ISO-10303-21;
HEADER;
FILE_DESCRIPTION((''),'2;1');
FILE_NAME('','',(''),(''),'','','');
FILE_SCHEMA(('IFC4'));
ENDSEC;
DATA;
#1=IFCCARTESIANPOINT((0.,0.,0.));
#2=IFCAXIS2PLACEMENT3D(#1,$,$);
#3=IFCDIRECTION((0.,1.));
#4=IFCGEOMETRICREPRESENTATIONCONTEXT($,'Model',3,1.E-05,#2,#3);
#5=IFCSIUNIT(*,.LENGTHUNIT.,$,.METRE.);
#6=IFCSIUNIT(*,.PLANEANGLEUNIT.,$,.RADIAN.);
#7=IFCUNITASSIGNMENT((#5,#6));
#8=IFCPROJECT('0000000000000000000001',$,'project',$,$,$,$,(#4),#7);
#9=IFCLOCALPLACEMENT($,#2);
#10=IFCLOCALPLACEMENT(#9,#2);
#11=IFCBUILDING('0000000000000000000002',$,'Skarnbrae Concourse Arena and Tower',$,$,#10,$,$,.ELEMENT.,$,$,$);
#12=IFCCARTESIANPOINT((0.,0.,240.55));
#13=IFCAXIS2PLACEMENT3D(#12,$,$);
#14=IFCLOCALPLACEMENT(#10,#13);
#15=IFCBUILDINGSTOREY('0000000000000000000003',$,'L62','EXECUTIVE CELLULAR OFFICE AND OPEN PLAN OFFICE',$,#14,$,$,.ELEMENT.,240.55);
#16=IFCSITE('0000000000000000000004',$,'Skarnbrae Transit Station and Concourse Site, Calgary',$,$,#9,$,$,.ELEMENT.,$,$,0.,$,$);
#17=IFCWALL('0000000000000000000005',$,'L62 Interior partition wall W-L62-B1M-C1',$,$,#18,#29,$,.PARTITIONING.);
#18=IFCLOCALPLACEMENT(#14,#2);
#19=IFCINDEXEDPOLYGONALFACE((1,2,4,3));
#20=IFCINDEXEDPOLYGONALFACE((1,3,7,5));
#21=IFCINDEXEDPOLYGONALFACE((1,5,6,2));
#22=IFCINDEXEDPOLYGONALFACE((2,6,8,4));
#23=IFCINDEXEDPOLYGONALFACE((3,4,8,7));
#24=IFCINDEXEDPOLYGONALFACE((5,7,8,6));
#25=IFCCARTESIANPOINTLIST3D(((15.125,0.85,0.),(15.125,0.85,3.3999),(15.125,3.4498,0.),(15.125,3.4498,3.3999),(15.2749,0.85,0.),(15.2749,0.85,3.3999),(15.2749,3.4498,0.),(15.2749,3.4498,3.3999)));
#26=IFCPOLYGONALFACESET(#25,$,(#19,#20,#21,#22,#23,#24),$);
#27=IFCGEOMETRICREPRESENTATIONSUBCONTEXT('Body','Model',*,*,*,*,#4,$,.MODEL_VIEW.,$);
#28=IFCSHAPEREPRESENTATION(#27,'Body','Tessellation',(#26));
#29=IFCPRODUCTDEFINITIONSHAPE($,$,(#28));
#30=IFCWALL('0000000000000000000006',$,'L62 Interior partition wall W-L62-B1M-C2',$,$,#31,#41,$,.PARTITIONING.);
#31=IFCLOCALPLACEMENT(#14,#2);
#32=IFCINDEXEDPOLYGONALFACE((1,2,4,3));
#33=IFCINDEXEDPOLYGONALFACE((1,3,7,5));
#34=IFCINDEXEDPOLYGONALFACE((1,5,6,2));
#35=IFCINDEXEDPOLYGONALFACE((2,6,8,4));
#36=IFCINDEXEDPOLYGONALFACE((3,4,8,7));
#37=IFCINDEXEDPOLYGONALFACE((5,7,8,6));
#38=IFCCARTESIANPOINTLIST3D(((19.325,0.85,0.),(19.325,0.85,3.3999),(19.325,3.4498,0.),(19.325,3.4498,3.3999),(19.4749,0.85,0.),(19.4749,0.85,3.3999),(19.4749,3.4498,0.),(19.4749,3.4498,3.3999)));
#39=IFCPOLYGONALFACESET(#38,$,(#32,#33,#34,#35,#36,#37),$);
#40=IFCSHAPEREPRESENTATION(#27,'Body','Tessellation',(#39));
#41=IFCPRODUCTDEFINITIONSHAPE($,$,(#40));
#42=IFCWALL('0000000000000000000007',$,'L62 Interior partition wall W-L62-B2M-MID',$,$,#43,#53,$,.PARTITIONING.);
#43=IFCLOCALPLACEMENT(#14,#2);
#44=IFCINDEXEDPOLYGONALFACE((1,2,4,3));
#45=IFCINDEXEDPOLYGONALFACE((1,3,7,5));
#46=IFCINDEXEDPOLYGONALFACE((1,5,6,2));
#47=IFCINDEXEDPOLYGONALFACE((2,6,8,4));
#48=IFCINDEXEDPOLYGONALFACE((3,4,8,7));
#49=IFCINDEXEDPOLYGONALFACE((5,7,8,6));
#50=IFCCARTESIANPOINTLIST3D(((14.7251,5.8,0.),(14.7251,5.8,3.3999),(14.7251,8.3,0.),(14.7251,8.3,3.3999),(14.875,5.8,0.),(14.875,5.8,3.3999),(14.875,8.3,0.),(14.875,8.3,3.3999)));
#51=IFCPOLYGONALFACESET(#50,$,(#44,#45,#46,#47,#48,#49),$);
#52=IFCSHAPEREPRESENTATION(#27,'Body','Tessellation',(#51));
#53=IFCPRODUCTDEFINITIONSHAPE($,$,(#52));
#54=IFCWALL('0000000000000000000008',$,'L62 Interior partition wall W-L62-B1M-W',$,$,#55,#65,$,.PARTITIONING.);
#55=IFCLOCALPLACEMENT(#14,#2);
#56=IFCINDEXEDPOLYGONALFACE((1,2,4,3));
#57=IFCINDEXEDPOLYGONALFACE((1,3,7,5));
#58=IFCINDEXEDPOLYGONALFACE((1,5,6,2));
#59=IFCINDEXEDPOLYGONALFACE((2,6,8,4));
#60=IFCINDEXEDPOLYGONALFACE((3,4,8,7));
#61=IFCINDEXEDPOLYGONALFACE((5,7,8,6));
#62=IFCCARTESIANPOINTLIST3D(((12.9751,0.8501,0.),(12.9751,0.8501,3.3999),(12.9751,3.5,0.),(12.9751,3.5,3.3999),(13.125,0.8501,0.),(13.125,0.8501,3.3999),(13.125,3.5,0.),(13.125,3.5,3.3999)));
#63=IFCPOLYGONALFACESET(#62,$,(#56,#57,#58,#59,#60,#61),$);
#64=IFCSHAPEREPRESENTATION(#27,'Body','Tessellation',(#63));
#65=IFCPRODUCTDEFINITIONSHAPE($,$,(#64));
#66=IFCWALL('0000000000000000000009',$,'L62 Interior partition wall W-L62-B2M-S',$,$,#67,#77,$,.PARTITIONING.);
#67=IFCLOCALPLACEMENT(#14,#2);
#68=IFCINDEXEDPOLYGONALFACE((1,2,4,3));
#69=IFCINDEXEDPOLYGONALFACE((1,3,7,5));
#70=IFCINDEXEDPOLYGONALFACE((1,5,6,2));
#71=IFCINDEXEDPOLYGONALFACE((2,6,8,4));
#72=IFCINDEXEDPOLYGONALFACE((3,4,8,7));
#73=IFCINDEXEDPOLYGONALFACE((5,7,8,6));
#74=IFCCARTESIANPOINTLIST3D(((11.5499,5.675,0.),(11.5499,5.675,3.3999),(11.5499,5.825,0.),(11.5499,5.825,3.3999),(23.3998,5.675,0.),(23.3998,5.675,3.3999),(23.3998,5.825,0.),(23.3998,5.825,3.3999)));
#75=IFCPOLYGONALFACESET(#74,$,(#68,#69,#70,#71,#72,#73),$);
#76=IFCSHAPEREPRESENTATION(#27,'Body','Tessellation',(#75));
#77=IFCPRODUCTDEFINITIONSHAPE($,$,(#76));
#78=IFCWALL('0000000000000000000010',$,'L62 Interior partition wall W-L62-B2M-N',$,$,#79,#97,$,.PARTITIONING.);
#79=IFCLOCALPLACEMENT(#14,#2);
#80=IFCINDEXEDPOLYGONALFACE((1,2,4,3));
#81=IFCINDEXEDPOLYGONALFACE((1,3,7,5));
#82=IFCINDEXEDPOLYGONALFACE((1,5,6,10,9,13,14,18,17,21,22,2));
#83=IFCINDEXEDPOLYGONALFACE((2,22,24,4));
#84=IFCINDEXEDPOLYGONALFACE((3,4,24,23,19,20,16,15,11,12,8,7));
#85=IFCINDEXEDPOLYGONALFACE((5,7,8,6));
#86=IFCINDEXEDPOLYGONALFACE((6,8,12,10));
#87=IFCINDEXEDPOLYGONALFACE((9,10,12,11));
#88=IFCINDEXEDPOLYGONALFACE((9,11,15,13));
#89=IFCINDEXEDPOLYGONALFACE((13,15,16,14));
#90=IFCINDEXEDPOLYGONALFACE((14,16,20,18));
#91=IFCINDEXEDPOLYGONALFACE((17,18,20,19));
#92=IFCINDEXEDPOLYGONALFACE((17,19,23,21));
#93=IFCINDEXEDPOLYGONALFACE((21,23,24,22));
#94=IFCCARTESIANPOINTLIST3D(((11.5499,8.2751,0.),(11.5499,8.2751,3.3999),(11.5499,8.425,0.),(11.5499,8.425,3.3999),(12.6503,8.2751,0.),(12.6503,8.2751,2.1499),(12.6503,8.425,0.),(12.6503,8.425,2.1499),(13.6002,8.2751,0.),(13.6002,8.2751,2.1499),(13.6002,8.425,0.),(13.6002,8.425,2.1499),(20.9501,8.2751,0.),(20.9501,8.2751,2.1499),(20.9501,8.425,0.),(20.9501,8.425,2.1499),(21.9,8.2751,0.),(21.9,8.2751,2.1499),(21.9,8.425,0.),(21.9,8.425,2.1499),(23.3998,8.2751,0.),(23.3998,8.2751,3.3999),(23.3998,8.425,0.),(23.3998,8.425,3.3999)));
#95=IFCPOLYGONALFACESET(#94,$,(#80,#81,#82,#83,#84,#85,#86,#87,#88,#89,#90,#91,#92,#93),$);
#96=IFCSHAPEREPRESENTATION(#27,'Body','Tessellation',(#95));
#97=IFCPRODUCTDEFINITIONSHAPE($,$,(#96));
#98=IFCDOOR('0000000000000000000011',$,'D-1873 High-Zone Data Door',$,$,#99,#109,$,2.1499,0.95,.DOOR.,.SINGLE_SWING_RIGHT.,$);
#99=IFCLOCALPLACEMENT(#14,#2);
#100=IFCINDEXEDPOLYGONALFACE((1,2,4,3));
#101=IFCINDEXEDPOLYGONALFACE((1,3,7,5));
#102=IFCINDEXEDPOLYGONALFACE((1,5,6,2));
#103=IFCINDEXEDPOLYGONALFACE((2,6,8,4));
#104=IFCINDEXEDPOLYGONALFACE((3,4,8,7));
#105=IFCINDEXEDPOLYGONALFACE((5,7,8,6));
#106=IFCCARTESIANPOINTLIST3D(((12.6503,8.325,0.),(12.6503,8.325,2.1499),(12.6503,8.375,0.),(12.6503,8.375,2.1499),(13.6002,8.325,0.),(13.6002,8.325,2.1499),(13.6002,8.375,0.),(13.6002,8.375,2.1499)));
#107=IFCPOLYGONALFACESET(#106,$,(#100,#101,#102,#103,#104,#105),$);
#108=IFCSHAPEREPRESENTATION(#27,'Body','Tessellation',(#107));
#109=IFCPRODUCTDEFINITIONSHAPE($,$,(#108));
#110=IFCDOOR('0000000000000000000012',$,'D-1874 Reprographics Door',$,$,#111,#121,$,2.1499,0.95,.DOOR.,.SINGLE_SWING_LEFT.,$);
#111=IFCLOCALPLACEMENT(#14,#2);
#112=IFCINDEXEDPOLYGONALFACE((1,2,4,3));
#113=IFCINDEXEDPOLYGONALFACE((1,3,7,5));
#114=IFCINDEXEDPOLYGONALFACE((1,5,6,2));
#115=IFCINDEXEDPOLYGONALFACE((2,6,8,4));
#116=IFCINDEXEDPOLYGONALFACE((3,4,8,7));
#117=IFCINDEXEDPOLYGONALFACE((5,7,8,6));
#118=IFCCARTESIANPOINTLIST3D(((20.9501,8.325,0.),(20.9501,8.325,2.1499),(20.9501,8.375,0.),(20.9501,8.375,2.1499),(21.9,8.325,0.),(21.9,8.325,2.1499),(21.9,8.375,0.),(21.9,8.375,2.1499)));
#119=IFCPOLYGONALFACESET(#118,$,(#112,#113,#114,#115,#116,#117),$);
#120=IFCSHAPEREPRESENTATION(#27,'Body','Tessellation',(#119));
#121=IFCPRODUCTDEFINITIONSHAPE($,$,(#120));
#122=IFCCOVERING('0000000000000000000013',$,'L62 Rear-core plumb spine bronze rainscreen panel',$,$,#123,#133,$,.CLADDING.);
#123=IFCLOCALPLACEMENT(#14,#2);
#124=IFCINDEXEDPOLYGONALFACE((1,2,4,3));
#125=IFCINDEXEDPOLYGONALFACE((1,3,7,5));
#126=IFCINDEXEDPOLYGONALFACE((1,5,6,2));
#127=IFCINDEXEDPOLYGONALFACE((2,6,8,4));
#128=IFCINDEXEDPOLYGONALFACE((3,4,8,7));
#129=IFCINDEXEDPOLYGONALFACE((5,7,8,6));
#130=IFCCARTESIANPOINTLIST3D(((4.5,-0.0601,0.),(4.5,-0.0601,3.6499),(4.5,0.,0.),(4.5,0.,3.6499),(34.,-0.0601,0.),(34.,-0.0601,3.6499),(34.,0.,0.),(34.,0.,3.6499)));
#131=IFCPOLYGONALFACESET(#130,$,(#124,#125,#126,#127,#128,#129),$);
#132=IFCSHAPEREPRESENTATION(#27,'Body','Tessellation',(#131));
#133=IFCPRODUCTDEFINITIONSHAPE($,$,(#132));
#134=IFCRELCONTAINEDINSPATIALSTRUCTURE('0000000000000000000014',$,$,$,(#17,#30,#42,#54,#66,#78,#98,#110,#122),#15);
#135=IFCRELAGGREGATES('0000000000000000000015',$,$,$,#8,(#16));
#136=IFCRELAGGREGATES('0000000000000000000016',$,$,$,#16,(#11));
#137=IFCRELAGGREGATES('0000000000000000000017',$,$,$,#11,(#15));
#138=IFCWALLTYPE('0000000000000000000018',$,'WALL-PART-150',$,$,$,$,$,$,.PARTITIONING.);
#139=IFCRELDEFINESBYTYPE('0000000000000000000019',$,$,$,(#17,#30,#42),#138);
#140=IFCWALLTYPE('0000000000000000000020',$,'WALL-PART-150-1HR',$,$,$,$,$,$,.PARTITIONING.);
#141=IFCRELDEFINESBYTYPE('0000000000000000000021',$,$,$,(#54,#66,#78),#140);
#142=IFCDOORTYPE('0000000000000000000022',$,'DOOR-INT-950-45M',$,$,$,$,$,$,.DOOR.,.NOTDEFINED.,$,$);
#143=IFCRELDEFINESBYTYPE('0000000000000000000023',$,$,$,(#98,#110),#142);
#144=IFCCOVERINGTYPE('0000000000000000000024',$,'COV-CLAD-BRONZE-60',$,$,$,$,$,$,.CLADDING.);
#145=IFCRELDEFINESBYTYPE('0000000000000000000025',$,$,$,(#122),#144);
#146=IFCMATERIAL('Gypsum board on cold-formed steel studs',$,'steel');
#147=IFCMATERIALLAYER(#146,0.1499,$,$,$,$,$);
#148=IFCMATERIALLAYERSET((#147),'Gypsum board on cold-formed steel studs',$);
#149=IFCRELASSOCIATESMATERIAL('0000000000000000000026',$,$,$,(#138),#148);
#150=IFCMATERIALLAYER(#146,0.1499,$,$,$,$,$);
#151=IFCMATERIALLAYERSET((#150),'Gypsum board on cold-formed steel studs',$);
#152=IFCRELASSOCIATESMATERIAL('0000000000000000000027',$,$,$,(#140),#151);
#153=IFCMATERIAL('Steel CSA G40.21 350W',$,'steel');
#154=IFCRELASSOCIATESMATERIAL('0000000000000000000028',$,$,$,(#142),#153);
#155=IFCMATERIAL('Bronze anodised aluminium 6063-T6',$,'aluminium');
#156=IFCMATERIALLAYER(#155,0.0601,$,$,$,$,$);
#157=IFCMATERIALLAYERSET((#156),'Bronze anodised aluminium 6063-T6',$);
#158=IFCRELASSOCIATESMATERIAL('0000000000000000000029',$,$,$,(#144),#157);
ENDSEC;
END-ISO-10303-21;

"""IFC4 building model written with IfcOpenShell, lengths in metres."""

from ifc_helpers import new_model, si_unit, direction, frame, frame_2d, origin, origin_2d, place, context, subcontext, project, spatial, rectangle, extrude, source, transform, mapped, material, layer, layer_set, type_object, element, fill, save


model = new_model("IFC4")

# Units and contexts
model_context = context("Model", 3, precision=1e-05, world=origin(), true_north=direction((0.0, 1.0)))
body_context = subcontext(model_context, "Body", "Model", "MODEL_VIEW")
ifc_project = project(units=[si_unit("LENGTHUNIT", "METRE"), si_unit("PLANEANGLEUNIT", "RADIAN")], contexts=[model_context])

# Site, building, storey
site_placement = place(None, origin())
site = spatial("IfcSite", under=ifc_project, at=site_placement, Name="Skarnbrae Transit Station and Concourse Site, Calgary", CompositionType="ELEMENT", RefElevation=0.0)
building_placement = place(site_placement, origin())
building = spatial("IfcBuilding", under=site, at=building_placement, Name="Skarnbrae Concourse Arena and Tower", CompositionType="ELEMENT")
storey_placement = place(building_placement, frame((0.0, 0.0, 240.55)))
storey = spatial("IfcBuildingStorey", under=building, at=storey_placement, Name="L62", Description="EXECUTIVE CELLULAR OFFICE AND OPEN PLAN OFFICE", CompositionType="ELEMENT", Elevation=240.55)

# Walls
ifc_material_1 = material(Name="Gypsum board on cold-formed steel studs", Category="steel")
ifc_layer_1 = layer(ifc_material_1, 0.1499)
ifc_layer_set_1 = layer_set([ifc_layer_1], Name="Gypsum board on cold-formed steel studs")
wall_type_1 = type_object("IfcWallType", Name="WALL-PART-150", PredefinedType="PARTITIONING", material=ifc_layer_set_1)
shared_shape_1 = source(origin(), body_context, "Body", "SweptSolid", [
    extrude(rectangle(XDim=2.5999, YDim=0.1499, at=frame_2d((1.2998, 0.0))), origin(), (0.0, 0.0, 1.0), 3.3999),
])
for number, where, z_axis, x_axis, name in (
    (1, (15.2, 0.8501, 0.0), (0.0, 0.0, 1.0), (0.0, 1.0, 0.0), "L62 Interior partition wall W-L62-B1M-C1"),
    (2, (19.3999, 0.8501, 0.0), (0.0, 0.0, 1.0), (0.0, 1.0, 0.0), "L62 Interior partition wall W-L62-B1M-C2"),
):
    element("IfcWall", number, at=place(storey_placement, frame(where, z_axis=z_axis, x_axis=x_axis)), inside=storey, type_object=wall_type_1, Name=name, PredefinedType="PARTITIONING", context=body_context, shape_type="MappedRepresentation", body=[
        mapped(shared_shape_1, transform((0.0, 0.0, 0.0))),
    ])
shared_shape_2 = source(origin(), body_context, "Body", "SweptSolid", [
    extrude(rectangle(XDim=2.5, YDim=0.1499, at=frame_2d((1.25, 0.0))), origin(), (0.0, 0.0, 1.0), 3.3999),
])
wall_1_placement = place(storey_placement, frame((14.8, 5.8, 0.0), z_axis=(0.0, 0.0, 1.0), x_axis=(0.0, 1.0, 0.0)))
element("IfcWall", 3, at=wall_1_placement, inside=storey, type_object=wall_type_1, Name="L62 Interior partition wall W-L62-B2M-MID", PredefinedType="PARTITIONING", context=body_context, shape_type="MappedRepresentation", body=[
    mapped(shared_shape_2, transform((0.0, 0.0, 0.0))),
])

# Shared definitions
ifc_material_2 = material(Name="Bronze anodised aluminium 6063-T6", Category="aluminium")

# Wall
ifc_layer_2 = layer(ifc_material_1, 0.1499)
ifc_layer_set_2 = layer_set([ifc_layer_2], Name="Gypsum board on cold-formed steel studs")
wall_type_2 = type_object("IfcWallType", Name="WALL-PART-150-1HR", PredefinedType="PARTITIONING", material=ifc_layer_set_2)
shared_shape_3 = source(origin(), body_context, "Body", "SweptSolid", [
    extrude(rectangle(XDim=2.6499, YDim=0.1499, at=frame_2d((1.325, 0.0))), origin(), (0.0, 0.0, 1.0), 3.3999),
])
wall_2_placement = place(storey_placement, frame((13.05, 0.8501, 0.0), z_axis=(0.0, 0.0, 1.0), x_axis=(0.0, 1.0, 0.0)))
element("IfcWall", 4, at=wall_2_placement, inside=storey, type_object=wall_type_2, Name="L62 Interior partition wall W-L62-B1M-W", PredefinedType="PARTITIONING", context=body_context, shape_type="MappedRepresentation", body=[
    mapped(shared_shape_3, transform((0.0, 0.0, 0.0))),
])

# Shared definitions
ifc_material_3 = material(Name="Steel CSA G40.21 350W", Category="steel")
door_type_1 = type_object("IfcDoorType", Name="DOOR-INT-950-45M", OperationType="NOTDEFINED", PredefinedType="DOOR", material=ifc_material_3)
shared_shape_4 = source(origin(), body_context, "Body", "SweptSolid", [
    extrude(rectangle(XDim=0.95, YDim=2.1499, at=frame_2d((0.4751, 1.075))), frame((0.0, 0.0249, 0.0), z_axis=(0.0, -1.0, 0.0), x_axis=(1.0, 0.0, 0.0)), (0.0, 0.0, 1.0), 0.05),
])

# Wall
shared_shape_5 = source(origin(), body_context, "Body", "SweptSolid", [
    extrude(rectangle(XDim=11.8499, YDim=0.1499, at=frame_2d((5.9248, 0.0))), origin(), (0.0, 0.0, 1.0), 3.3999),
])
wall_3_placement = place(storey_placement, frame((11.55, 5.75, 0.0), z_axis=(0.0, 0.0, 1.0), x_axis=(1.0, 0.0, 0.0)))
element("IfcWall", 5, at=wall_3_placement, inside=storey, type_object=wall_type_2, Name="L62 Interior partition wall W-L62-B2M-S", PredefinedType="PARTITIONING", context=body_context, shape_type="MappedRepresentation", body=[
    mapped(shared_shape_5, transform((0.0, 0.0, 0.0))),
])

# Wall, openings, doors
wall_4_placement = place(storey_placement, frame((11.55, 8.3501, 0.0), z_axis=(0.0, 0.0, 1.0), x_axis=(1.0, 0.0, 0.0)))
wall_4 = element("IfcWall", 6, at=wall_4_placement, inside=storey, type_object=wall_type_2, Name="L62 Interior partition wall W-L62-B2M-N", PredefinedType="PARTITIONING", context=body_context, shape_type="MappedRepresentation", body=[
    mapped(shared_shape_5, transform((0.0, 0.0, 0.0))),
])
opening_1_placement = place(wall_4_placement, frame((1.1001, 0.0, 0.0)))
opening_1 = element("IfcOpeningElement", 7, at=opening_1_placement, cuts=wall_4, PredefinedType="OPENING", context=body_context, shape_type="SweptSolid", body=[
    extrude(rectangle(XDim=0.95, YDim=2.1499, at=frame_2d((0.4751, 1.075))), frame((0.0, 0.085, 0.0), z_axis=(0.0, -1.0, 0.0), x_axis=(1.0, 0.0, 0.0)), (0.0, 0.0, 1.0), 0.1699),
])
opening_2_placement = place(wall_4_placement, frame((9.3999, 0.0, 0.0)))
opening_2 = element("IfcOpeningElement", 8, at=opening_2_placement, cuts=wall_4, PredefinedType="OPENING", context=body_context, shape_type="SweptSolid", body=[
    extrude(rectangle(XDim=0.95, YDim=2.1499, at=frame_2d((0.4751, 1.075))), frame((0.0, 0.085, 0.0), z_axis=(0.0, -1.0, 0.0), x_axis=(1.0, 0.0, 0.0)), (0.0, 0.0, 1.0), 0.1699),
])
door_1_placement = place(opening_1_placement, origin())
door_1 = element("IfcDoor", 9, at=door_1_placement, inside=storey, type_object=door_type_1, Name="D-1873 High-Zone Data Door", OperationType="SINGLE_SWING_RIGHT", OverallHeight=2.1499, OverallWidth=0.95, PredefinedType="DOOR", context=body_context, shape_type="MappedRepresentation", body=[
    mapped(shared_shape_4, transform((0.0, 0.0, 0.0))),
])
fill(opening_1, door_1)
door_2_placement = place(opening_2_placement, origin())
door_2 = element("IfcDoor", 10, at=door_2_placement, inside=storey, type_object=door_type_1, Name="D-1874 Reprographics Door", OperationType="SINGLE_SWING_LEFT", OverallHeight=2.1499, OverallWidth=0.95, PredefinedType="DOOR", context=body_context, shape_type="MappedRepresentation", body=[
    mapped(shared_shape_4, transform((0.0, 0.0, 0.0))),
])
fill(opening_2, door_2)

# Covering
ifc_layer_3 = layer(ifc_material_2, 0.0601)
ifc_layer_set_3 = layer_set([ifc_layer_3], Name="Bronze anodised aluminium 6063-T6")
covering_type = type_object("IfcCoveringType", Name="COV-CLAD-BRONZE-60", PredefinedType="CLADDING", material=ifc_layer_set_3)
shared_shape_6 = source(origin(), body_context, "Body", "SweptSolid", [
    extrude(rectangle(XDim=29.5, YDim=0.0601, at=origin_2d()), origin(), (0.0, 0.0, 1.0), 3.6499),
])
covering_placement = place(storey_placement, frame((19.25, -0.03, 0.0), z_axis=(0.0, 0.0, 1.0), x_axis=(1.0, 0.0, 0.0)))
element("IfcCovering", 11, at=covering_placement, inside=storey, type_object=covering_type, Name="L62 Rear-core plumb spine bronze rainscreen panel", PredefinedType="CLADDING", context=body_context, shape_type="MappedRepresentation", body=[
    mapped(shared_shape_6, transform((0.0, 0.0, 0.0))),
])

save(model, "model.ifc")
